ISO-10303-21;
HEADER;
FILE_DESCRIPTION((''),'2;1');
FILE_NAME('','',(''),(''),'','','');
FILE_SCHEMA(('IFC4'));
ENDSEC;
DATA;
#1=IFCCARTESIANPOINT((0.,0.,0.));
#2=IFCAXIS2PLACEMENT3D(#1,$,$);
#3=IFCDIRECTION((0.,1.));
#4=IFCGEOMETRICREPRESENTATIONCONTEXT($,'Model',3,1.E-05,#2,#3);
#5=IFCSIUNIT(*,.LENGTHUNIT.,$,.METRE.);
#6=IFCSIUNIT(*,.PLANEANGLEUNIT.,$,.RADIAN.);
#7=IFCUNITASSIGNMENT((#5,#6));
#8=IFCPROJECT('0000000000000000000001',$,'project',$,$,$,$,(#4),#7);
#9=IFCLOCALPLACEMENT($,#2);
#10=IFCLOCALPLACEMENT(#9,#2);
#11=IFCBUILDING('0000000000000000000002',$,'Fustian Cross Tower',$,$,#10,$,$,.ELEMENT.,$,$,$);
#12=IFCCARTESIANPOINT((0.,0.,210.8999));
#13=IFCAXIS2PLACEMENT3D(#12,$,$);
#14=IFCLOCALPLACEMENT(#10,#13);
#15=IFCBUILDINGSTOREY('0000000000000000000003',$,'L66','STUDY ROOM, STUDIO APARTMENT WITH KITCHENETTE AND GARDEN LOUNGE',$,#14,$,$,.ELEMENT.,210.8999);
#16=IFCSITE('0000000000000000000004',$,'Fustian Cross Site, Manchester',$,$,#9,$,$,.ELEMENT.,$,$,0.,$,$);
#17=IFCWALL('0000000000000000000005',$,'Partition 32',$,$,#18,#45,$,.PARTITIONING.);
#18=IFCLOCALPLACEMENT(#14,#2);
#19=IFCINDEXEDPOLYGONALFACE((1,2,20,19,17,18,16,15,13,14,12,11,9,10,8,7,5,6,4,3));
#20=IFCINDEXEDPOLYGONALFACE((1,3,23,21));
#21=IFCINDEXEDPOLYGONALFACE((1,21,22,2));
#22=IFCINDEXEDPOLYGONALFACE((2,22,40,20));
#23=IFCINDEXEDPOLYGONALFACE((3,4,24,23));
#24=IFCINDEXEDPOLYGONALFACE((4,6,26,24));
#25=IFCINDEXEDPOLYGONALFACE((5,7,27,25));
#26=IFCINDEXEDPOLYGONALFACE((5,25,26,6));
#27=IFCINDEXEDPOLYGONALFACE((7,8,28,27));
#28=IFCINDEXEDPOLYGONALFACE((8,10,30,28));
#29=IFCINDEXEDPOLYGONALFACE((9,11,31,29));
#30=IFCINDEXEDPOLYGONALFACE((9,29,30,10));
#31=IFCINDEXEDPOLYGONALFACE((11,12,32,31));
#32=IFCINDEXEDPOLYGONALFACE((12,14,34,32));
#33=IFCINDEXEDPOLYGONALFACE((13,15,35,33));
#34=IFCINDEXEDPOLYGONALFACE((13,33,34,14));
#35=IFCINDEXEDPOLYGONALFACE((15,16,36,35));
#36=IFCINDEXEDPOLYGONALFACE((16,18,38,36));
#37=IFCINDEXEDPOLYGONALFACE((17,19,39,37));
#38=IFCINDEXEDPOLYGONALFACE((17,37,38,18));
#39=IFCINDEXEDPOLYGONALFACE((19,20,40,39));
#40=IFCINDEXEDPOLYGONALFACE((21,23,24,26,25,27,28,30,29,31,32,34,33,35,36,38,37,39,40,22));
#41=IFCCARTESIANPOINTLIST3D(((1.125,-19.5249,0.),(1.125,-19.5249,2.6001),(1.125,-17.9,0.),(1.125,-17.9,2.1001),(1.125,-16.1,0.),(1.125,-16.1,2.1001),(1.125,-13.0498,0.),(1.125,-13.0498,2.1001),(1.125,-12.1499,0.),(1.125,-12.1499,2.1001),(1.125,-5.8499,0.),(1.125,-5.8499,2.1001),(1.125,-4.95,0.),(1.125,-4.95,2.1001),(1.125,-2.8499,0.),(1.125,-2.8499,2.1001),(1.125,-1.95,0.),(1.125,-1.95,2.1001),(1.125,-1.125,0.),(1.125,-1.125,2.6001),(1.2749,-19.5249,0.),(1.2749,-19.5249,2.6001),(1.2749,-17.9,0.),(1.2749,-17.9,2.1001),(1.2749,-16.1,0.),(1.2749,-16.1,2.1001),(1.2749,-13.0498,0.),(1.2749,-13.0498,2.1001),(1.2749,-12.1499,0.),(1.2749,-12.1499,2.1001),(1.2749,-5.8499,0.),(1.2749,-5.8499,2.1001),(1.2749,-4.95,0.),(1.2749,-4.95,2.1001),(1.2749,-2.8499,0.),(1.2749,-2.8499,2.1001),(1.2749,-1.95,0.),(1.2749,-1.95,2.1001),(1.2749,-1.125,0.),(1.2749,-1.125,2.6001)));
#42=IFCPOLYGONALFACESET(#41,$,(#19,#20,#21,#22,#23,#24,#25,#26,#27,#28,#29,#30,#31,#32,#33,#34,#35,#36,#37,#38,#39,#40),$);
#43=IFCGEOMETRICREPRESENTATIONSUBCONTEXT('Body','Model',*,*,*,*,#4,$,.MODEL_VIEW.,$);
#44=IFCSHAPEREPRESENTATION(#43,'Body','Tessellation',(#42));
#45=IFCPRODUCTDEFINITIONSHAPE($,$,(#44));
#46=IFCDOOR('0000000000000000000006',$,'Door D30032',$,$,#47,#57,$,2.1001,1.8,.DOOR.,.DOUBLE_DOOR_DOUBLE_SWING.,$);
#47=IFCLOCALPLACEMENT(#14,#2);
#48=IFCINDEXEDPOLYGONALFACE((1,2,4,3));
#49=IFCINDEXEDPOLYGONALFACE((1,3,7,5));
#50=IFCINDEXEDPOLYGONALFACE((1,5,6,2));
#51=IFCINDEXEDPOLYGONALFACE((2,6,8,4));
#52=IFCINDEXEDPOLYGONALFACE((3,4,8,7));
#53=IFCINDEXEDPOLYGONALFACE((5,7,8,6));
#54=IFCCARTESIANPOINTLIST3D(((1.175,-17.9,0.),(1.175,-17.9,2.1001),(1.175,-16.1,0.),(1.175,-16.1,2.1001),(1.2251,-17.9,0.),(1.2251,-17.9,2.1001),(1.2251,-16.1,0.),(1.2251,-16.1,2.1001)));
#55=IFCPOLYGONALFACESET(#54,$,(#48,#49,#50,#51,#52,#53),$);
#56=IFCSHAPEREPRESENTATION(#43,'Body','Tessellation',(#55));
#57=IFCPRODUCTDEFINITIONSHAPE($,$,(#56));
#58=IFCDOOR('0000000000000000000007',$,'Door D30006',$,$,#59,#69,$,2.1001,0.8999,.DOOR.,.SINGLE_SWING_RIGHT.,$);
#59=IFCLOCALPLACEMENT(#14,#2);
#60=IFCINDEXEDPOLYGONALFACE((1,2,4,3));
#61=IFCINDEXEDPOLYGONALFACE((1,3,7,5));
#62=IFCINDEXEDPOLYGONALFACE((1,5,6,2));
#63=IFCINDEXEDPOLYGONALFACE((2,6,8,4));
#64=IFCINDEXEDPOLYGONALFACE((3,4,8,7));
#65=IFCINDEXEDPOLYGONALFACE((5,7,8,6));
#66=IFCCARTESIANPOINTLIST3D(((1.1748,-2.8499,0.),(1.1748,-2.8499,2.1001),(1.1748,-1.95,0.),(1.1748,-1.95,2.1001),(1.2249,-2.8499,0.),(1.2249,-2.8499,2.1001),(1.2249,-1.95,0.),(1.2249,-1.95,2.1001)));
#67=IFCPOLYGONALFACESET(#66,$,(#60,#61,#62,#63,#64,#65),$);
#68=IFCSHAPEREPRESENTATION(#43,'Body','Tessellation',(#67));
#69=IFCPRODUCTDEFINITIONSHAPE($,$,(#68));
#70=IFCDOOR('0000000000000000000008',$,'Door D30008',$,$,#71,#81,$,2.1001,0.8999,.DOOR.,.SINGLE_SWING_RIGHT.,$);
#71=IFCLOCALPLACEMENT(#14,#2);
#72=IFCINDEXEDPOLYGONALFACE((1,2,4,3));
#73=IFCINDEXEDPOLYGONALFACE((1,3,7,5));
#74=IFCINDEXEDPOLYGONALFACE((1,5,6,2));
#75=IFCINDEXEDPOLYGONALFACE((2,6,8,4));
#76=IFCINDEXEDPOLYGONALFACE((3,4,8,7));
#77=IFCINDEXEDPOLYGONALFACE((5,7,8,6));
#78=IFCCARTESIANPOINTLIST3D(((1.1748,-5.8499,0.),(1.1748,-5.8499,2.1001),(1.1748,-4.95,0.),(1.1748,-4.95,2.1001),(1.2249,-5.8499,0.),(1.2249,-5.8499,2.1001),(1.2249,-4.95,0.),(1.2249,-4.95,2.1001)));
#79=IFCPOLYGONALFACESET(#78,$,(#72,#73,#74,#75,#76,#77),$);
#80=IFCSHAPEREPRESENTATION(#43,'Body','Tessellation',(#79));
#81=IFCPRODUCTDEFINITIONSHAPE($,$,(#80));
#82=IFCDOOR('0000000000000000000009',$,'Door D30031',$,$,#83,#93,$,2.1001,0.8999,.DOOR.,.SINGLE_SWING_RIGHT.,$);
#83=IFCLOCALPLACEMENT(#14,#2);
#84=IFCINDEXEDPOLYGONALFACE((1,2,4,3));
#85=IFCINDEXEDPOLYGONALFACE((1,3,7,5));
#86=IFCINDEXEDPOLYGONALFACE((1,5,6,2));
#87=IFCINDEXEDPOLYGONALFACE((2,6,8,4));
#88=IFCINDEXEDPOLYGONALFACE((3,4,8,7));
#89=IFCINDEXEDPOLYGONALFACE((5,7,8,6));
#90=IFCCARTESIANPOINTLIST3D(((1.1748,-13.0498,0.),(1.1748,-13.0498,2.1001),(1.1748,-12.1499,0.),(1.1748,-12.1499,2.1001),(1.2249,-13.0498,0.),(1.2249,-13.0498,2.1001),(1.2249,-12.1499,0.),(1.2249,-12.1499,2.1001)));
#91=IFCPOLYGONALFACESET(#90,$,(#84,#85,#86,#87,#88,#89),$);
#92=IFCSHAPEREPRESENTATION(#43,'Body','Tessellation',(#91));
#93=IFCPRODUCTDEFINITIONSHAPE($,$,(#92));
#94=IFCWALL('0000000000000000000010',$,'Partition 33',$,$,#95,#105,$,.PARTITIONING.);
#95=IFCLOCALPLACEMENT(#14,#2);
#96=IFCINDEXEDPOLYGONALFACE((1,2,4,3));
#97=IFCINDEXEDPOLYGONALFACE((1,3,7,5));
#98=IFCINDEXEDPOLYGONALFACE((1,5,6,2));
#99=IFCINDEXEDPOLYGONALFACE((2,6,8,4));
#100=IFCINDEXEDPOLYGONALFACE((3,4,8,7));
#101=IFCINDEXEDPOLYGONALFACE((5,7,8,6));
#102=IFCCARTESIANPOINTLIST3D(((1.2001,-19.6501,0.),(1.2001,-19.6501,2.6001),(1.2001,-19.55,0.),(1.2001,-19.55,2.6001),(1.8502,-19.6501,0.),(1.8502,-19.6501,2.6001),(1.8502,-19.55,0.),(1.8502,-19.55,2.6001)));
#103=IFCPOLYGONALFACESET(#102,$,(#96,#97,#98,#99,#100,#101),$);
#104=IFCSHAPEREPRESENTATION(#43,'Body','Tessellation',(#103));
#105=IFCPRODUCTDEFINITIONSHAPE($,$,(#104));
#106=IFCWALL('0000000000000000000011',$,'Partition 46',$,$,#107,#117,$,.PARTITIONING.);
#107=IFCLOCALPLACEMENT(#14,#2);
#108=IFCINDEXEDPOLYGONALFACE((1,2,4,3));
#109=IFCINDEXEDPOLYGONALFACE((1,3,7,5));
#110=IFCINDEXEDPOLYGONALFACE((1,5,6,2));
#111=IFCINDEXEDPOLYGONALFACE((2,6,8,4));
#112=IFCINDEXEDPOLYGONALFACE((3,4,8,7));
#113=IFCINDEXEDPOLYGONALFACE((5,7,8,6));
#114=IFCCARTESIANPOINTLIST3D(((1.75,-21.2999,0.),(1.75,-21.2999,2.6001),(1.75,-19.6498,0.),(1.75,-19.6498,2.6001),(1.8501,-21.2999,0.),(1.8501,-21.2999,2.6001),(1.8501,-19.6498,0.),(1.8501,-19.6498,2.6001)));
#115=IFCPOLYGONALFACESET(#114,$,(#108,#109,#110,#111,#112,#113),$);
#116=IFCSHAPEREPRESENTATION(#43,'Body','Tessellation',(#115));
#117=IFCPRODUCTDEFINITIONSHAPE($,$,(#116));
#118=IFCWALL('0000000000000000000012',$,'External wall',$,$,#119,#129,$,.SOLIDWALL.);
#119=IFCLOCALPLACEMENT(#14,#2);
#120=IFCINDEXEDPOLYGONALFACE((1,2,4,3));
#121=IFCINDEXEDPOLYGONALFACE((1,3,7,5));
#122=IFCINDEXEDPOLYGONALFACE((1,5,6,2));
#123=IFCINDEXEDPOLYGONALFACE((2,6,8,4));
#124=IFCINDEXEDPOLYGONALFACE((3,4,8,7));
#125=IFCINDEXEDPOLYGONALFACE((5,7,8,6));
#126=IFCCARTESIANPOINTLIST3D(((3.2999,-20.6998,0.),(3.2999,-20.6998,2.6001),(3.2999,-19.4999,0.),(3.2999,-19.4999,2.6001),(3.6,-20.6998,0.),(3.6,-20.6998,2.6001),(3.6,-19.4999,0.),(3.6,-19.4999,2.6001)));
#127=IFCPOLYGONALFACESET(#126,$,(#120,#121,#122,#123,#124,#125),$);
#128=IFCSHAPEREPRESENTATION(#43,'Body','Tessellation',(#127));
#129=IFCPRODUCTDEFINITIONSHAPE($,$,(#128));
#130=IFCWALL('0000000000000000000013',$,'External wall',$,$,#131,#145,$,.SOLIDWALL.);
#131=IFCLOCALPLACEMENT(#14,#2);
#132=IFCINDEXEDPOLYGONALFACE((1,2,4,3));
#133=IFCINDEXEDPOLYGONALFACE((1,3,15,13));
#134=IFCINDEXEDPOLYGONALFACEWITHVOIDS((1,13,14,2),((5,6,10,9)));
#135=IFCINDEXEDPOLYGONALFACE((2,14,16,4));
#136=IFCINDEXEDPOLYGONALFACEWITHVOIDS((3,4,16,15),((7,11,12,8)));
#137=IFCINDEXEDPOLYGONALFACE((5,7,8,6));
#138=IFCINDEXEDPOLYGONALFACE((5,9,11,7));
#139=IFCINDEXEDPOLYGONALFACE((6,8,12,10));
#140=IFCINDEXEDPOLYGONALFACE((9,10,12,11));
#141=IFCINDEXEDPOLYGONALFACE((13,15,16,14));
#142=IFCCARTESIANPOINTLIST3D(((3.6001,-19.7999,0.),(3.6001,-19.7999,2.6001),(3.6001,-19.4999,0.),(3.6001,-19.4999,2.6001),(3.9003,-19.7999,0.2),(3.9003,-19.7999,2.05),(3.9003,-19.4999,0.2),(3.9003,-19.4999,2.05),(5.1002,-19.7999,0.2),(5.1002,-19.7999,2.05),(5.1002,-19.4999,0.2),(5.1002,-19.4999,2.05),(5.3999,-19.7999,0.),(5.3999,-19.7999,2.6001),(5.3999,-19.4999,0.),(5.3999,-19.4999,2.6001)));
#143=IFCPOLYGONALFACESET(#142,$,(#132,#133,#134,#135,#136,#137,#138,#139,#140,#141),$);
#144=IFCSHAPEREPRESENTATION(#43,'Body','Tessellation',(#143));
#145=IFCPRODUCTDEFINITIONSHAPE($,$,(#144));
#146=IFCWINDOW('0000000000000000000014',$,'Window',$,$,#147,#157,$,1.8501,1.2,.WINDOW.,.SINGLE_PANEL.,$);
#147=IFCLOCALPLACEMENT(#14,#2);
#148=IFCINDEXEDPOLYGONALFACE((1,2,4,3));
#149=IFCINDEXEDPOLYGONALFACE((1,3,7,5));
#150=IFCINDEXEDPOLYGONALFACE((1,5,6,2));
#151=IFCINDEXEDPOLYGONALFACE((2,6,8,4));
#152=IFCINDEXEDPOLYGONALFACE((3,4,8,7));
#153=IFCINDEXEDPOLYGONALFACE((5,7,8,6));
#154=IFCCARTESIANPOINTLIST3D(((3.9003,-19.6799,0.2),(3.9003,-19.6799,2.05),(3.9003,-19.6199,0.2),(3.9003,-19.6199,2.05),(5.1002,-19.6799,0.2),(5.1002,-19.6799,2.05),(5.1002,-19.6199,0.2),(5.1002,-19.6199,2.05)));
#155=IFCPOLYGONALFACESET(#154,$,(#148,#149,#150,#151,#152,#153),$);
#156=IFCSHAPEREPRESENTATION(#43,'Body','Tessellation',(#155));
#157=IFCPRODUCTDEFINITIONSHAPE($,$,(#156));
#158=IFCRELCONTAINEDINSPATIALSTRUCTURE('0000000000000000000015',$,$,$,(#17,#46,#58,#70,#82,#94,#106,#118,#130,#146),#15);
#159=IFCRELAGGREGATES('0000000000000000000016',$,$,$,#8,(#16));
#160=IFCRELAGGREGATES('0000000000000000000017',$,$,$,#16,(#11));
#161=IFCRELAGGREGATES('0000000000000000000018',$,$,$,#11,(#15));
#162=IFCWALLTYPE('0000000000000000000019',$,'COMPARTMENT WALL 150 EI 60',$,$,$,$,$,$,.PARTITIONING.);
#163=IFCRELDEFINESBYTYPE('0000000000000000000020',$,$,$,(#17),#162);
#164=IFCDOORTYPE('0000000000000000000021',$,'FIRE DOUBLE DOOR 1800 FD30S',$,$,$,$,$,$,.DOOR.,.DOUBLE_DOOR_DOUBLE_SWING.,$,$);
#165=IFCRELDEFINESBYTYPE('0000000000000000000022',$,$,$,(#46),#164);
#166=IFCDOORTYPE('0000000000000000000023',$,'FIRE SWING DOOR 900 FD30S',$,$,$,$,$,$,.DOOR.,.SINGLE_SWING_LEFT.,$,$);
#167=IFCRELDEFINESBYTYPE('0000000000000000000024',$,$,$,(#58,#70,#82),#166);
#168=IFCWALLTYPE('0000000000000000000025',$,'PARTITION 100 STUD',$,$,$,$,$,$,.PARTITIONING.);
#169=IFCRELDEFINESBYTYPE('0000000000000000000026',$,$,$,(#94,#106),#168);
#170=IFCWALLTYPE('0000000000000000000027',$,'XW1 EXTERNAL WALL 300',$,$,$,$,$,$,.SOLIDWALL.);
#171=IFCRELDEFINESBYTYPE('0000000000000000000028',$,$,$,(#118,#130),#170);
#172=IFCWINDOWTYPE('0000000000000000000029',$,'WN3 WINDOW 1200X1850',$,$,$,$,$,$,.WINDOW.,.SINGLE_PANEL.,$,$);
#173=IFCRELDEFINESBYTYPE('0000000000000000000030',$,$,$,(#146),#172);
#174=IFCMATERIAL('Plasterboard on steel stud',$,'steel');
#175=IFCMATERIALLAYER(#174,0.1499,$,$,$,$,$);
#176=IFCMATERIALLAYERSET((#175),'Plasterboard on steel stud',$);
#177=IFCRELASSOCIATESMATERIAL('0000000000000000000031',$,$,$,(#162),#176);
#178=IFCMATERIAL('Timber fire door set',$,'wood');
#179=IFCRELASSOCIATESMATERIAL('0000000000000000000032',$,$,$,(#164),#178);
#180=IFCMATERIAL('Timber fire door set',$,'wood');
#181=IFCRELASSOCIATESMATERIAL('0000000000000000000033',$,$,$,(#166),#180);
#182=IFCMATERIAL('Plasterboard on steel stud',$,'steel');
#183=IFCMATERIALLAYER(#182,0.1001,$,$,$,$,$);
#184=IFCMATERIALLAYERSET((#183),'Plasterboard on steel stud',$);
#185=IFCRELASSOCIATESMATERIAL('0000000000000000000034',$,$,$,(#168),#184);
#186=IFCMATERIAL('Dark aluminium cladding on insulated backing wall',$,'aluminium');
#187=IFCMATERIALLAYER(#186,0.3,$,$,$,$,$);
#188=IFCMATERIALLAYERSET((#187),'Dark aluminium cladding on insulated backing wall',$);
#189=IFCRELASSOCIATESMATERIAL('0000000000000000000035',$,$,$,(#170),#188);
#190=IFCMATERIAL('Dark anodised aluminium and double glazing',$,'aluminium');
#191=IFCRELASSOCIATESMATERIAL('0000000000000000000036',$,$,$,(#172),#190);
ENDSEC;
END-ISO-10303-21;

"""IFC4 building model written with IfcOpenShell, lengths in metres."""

from ifc_helpers import new_model, si_unit, direction, frame, frame_2d, origin, place, context, subcontext, project, spatial, rectangle, extrude, material, layer, layer_set, type_object, element, fill, save


model = new_model("IFC4")

# Units and contexts
model_context = context("Model", 3, precision=1e-05, world=origin(), true_north=direction((0.0, 1.0)))
body_context = subcontext(model_context, "Body", "Model", "MODEL_VIEW")
ifc_project = project(units=[si_unit("LENGTHUNIT", "METRE"), si_unit("PLANEANGLEUNIT", "RADIAN")], contexts=[model_context])

# Site, building, storey
site_placement = place(None, origin())
site = spatial("IfcSite", under=ifc_project, at=site_placement, Name="Fustian Cross Site, Manchester", CompositionType="ELEMENT", RefElevation=0.0)
building_placement = place(site_placement, origin())
building = spatial("IfcBuilding", under=site, at=building_placement, Name="Fustian Cross Tower", CompositionType="ELEMENT")
storey_placement = place(building_placement, frame((0.0, 0.0, 210.8999)))
storey = spatial("IfcBuildingStorey", under=building, at=storey_placement, Name="L66", Description="STUDY ROOM, STUDIO APARTMENT WITH KITCHENETTE AND GARDEN LOUNGE", CompositionType="ELEMENT", Elevation=210.8999)

# Wall, openings, doors
ifc_material_1 = material(Name="Plasterboard on steel stud", Category="steel")
ifc_layer_1 = layer(ifc_material_1, 0.1499)
ifc_layer_set_1 = layer_set([ifc_layer_1], Name="Plasterboard on steel stud")
wall_type_1 = type_object("IfcWallType", Name="COMPARTMENT WALL 150 EI 60", PredefinedType="PARTITIONING", material=ifc_layer_set_1)
wall_1_placement = place(storey_placement, frame((1.2, -19.5249, 0.0), z_axis=(0.0, 0.0, 1.0), x_axis=(0.0, 1.0, 0.0)))
wall_1 = element("IfcWall", 1, at=wall_1_placement, inside=storey, type_object=wall_type_1, Name="Partition 32", PredefinedType="PARTITIONING", context=body_context, shape_type="SweptSolid", body=[
    extrude(rectangle(XDim=18.3999, YDim=0.1499, at=frame_2d((9.2, 0.0))), origin(), (0.0, 0.0, 1.0), 2.6001),
])
opening_1_placement = place(wall_1_placement, frame((16.675, 0.0, 0.0)))
opening_1 = element("IfcOpeningElement", 2, at=opening_1_placement, cuts=wall_1, PredefinedType="OPENING", context=body_context, shape_type="SweptSolid", body=[
    extrude(rectangle(XDim=0.8999, YDim=2.1001, at=frame_2d((0.45, 1.05))), frame((0.0, 0.085, 0.0), z_axis=(0.0, -1.0, 0.0), x_axis=(1.0, 0.0, 0.0)), (0.0, 0.0, 1.0), 0.1699),
])
opening_2_placement = place(wall_1_placement, frame((13.675, 0.0, 0.0)))
opening_2 = element("IfcOpeningElement", 3, at=opening_2_placement, cuts=wall_1, PredefinedType="OPENING", context=body_context, shape_type="SweptSolid", body=[
    extrude(rectangle(XDim=0.8999, YDim=2.1001, at=frame_2d((0.45, 1.05))), frame((0.0, 0.085, 0.0), z_axis=(0.0, -1.0, 0.0), x_axis=(1.0, 0.0, 0.0)), (0.0, 0.0, 1.0), 0.1699),
])
opening_3_placement = place(wall_1_placement, frame((6.4751, 0.0, 0.0)))
opening_3 = element("IfcOpeningElement", 4, at=opening_3_placement, cuts=wall_1, PredefinedType="OPENING", context=body_context, shape_type="SweptSolid", body=[
    extrude(rectangle(XDim=0.8999, YDim=2.1001, at=frame_2d((0.45, 1.05))), frame((0.0, 0.085, 0.0), z_axis=(0.0, -1.0, 0.0), x_axis=(1.0, 0.0, 0.0)), (0.0, 0.0, 1.0), 0.1699),
])
opening_4_placement = place(wall_1_placement, frame((1.625, 0.0, 0.0)))
opening_4 = element("IfcOpeningElement", 5, at=opening_4_placement, cuts=wall_1, PredefinedType="OPENING", context=body_context, shape_type="SweptSolid", body=[
    extrude(rectangle(XDim=1.8, YDim=2.1001, at=frame_2d((0.8999, 1.05))), frame((0.0, 0.085, 0.0), z_axis=(0.0, -1.0, 0.0), x_axis=(1.0, 0.0, 0.0)), (0.0, 0.0, 1.0), 0.1699),
])
ifc_material_2 = material(Name="Timber fire door set", Category="wood")
door_type_1 = type_object("IfcDoorType", Name="FIRE DOUBLE DOOR 1800 FD30S", OperationType="DOUBLE_DOOR_DOUBLE_SWING", PredefinedType="DOOR", material=ifc_material_2)
door_1_placement = place(opening_4_placement, origin())
door_1 = element("IfcDoor", 6, at=door_1_placement, inside=storey, type_object=door_type_1, Name="Door D30032", OperationType="DOUBLE_DOOR_DOUBLE_SWING", OverallHeight=2.1001, OverallWidth=1.8, PredefinedType="DOOR", context=body_context, shape_type="SweptSolid", body=[
    extrude(rectangle(XDim=1.8, YDim=2.1001, at=frame_2d((0.8999, 1.05))), frame((0.0, 0.0249, 0.0), z_axis=(0.0, -1.0, 0.0), x_axis=(1.0, 0.0, 0.0)), (0.0, 0.0, 1.0), 0.05),
])
fill(opening_4, door_1)
ifc_material_3 = material(Name="Timber fire door set", Category="wood")
door_type_2 = type_object("IfcDoorType", Name="FIRE SWING DOOR 900 FD30S", OperationType="SINGLE_SWING_LEFT", PredefinedType="DOOR", material=ifc_material_3)
door_2_placement = place(opening_1_placement, frame((0.8999, 0.0, 0.0), z_axis=(0.0, 0.0, 1.0), x_axis=(-1.0, 0.0, 0.0)))
door_2 = element("IfcDoor", 7, at=door_2_placement, inside=storey, type_object=door_type_2, Name="Door D30006", OperationType="SINGLE_SWING_RIGHT", OverallHeight=2.1001, OverallWidth=0.8999, PredefinedType="DOOR", context=body_context, shape_type="SweptSolid", body=[
    extrude(rectangle(XDim=0.8999, YDim=2.1001, at=frame_2d((0.45, 1.05))), frame((0.0, 0.0249, 0.0), z_axis=(0.0, -1.0, 0.0), x_axis=(1.0, 0.0, 0.0)), (0.0, 0.0, 1.0), 0.05),
])
fill(opening_1, door_2)
door_3_placement = place(opening_2_placement, frame((0.8999, 0.0, 0.0), z_axis=(0.0, 0.0, 1.0), x_axis=(-1.0, 0.0, 0.0)))
door_3 = element("IfcDoor", 8, at=door_3_placement, inside=storey, type_object=door_type_2, Name="Door D30008", OperationType="SINGLE_SWING_RIGHT", OverallHeight=2.1001, OverallWidth=0.8999, PredefinedType="DOOR", context=body_context, shape_type="SweptSolid", body=[
    extrude(rectangle(XDim=0.8999, YDim=2.1001, at=frame_2d((0.45, 1.05))), frame((0.0, 0.0249, 0.0), z_axis=(0.0, -1.0, 0.0), x_axis=(1.0, 0.0, 0.0)), (0.0, 0.0, 1.0), 0.05),
])
fill(opening_2, door_3)
door_4_placement = place(opening_3_placement, frame((0.8999, 0.0, 0.0), z_axis=(0.0, 0.0, 1.0), x_axis=(-1.0, 0.0, 0.0)))
door_4 = element("IfcDoor", 9, at=door_4_placement, inside=storey, type_object=door_type_2, Name="Door D30031", OperationType="SINGLE_SWING_RIGHT", OverallHeight=2.1001, OverallWidth=0.8999, PredefinedType="DOOR", context=body_context, shape_type="SweptSolid", body=[
    extrude(rectangle(XDim=0.8999, YDim=2.1001, at=frame_2d((0.45, 1.05))), frame((0.0, 0.0249, 0.0), z_axis=(0.0, -1.0, 0.0), x_axis=(1.0, 0.0, 0.0)), (0.0, 0.0, 1.0), 0.05),
])
fill(opening_3, door_4)

# Walls
ifc_material_4 = material(Name="Plasterboard on steel stud", Category="steel")
ifc_layer_2 = layer(ifc_material_4, 0.1001)
ifc_layer_set_2 = layer_set([ifc_layer_2], Name="Plasterboard on steel stud")
wall_type_2 = type_object("IfcWallType", Name="PARTITION 100 STUD", PredefinedType="PARTITIONING", material=ifc_layer_set_2)
wall_2_placement = place(storey_placement, frame((1.2, -19.6001, 0.0), z_axis=(0.0, 0.0, 1.0), x_axis=(1.0, 0.0, 0.0)))
element("IfcWall", 10, at=wall_2_placement, inside=storey, type_object=wall_type_2, Name="Partition 33", PredefinedType="PARTITIONING", context=body_context, shape_type="SweptSolid", body=[
    extrude(rectangle(XDim=0.6501, YDim=0.1001, at=frame_2d((0.3252, 0.0))), origin(), (0.0, 0.0, 1.0), 2.6001),
])
wall_3_placement = place(storey_placement, frame((1.8, -21.3, 0.0), z_axis=(0.0, 0.0, 1.0), x_axis=(0.0, 1.0, 0.0)))
element("IfcWall", 11, at=wall_3_placement, inside=storey, type_object=wall_type_2, Name="Partition 46", PredefinedType="PARTITIONING", context=body_context, shape_type="SweptSolid", body=[
    extrude(rectangle(XDim=1.6501, YDim=0.1001, at=frame_2d((0.8252, 0.0))), origin(), (0.0, 0.0, 1.0), 2.6001),
])
ifc_material_5 = material(Name="Dark aluminium cladding on insulated backing wall", Category="aluminium")
ifc_layer_3 = layer(ifc_material_5, 0.3)
ifc_layer_set_3 = layer_set([ifc_layer_3], Name="Dark aluminium cladding on insulated backing wall")
wall_type_3 = type_object("IfcWallType", Name="XW1 EXTERNAL WALL 300", PredefinedType="SOLIDWALL", material=ifc_layer_set_3)
wall_4_placement = place(storey_placement, frame((3.45, -20.7, 0.0), z_axis=(0.0, 0.0, 1.0), x_axis=(0.0, 1.0, 0.0)))
element("IfcWall", 12, at=wall_4_placement, inside=storey, type_object=wall_type_3, Name="External wall", PredefinedType="SOLIDWALL", context=body_context, shape_type="SweptSolid", body=[
    extrude(rectangle(XDim=1.2, YDim=0.3, at=frame_2d((0.6001, 0.0))), origin(), (0.0, 0.0, 1.0), 2.6001),
])

# Wall, opening, window
wall_5_placement = place(storey_placement, frame((3.6001, -19.6499, 0.0), z_axis=(0.0, 0.0, 1.0), x_axis=(1.0, 0.0, 0.0)))
wall_5 = element("IfcWall", 13, at=wall_5_placement, inside=storey, type_object=wall_type_3, Name="External wall", PredefinedType="SOLIDWALL", context=body_context, shape_type="SweptSolid", body=[
    extrude(rectangle(XDim=1.7998, YDim=0.3, at=frame_2d((0.8999, 0.0))), origin(), (0.0, 0.0, 1.0), 2.6001),
])
opening_5_placement = place(wall_5_placement, frame((0.3, 0.0, 0.2)))
opening_5 = element("IfcOpeningElement", 14, at=opening_5_placement, cuts=wall_5, PredefinedType="OPENING", context=body_context, shape_type="SweptSolid", body=[
    extrude(rectangle(XDim=1.2, YDim=1.8501, at=frame_2d((0.6001, 0.925))), frame((0.0, 0.1599, 0.0), z_axis=(0.0, -1.0, 0.0), x_axis=(1.0, 0.0, 0.0)), (0.0, 0.0, 1.0), 0.3201),
])
ifc_material_6 = material(Name="Dark anodised aluminium and double glazing", Category="aluminium")
window_type = type_object("IfcWindowType", Name="WN3 WINDOW 1200X1850", PartitioningType="SINGLE_PANEL", PredefinedType="WINDOW", material=ifc_material_6)
window_1_placement = place(opening_5_placement, origin())
window_1 = element("IfcWindow", 15, at=window_1_placement, inside=storey, type_object=window_type, Name="Window", OverallHeight=1.8501, OverallWidth=1.2, PartitioningType="SINGLE_PANEL", PredefinedType="WINDOW", context=body_context, shape_type="SweptSolid", body=[
    extrude(rectangle(XDim=1.2, YDim=1.8501, at=frame_2d((0.6001, 0.925))), frame((0.0, 0.03, 0.0), z_axis=(0.0, -1.0, 0.0), x_axis=(1.0, 0.0, 0.0)), (0.0, 0.0, 1.0), 0.0601),
])
fill(opening_5, window_1)

save(model, "model.ifc")
